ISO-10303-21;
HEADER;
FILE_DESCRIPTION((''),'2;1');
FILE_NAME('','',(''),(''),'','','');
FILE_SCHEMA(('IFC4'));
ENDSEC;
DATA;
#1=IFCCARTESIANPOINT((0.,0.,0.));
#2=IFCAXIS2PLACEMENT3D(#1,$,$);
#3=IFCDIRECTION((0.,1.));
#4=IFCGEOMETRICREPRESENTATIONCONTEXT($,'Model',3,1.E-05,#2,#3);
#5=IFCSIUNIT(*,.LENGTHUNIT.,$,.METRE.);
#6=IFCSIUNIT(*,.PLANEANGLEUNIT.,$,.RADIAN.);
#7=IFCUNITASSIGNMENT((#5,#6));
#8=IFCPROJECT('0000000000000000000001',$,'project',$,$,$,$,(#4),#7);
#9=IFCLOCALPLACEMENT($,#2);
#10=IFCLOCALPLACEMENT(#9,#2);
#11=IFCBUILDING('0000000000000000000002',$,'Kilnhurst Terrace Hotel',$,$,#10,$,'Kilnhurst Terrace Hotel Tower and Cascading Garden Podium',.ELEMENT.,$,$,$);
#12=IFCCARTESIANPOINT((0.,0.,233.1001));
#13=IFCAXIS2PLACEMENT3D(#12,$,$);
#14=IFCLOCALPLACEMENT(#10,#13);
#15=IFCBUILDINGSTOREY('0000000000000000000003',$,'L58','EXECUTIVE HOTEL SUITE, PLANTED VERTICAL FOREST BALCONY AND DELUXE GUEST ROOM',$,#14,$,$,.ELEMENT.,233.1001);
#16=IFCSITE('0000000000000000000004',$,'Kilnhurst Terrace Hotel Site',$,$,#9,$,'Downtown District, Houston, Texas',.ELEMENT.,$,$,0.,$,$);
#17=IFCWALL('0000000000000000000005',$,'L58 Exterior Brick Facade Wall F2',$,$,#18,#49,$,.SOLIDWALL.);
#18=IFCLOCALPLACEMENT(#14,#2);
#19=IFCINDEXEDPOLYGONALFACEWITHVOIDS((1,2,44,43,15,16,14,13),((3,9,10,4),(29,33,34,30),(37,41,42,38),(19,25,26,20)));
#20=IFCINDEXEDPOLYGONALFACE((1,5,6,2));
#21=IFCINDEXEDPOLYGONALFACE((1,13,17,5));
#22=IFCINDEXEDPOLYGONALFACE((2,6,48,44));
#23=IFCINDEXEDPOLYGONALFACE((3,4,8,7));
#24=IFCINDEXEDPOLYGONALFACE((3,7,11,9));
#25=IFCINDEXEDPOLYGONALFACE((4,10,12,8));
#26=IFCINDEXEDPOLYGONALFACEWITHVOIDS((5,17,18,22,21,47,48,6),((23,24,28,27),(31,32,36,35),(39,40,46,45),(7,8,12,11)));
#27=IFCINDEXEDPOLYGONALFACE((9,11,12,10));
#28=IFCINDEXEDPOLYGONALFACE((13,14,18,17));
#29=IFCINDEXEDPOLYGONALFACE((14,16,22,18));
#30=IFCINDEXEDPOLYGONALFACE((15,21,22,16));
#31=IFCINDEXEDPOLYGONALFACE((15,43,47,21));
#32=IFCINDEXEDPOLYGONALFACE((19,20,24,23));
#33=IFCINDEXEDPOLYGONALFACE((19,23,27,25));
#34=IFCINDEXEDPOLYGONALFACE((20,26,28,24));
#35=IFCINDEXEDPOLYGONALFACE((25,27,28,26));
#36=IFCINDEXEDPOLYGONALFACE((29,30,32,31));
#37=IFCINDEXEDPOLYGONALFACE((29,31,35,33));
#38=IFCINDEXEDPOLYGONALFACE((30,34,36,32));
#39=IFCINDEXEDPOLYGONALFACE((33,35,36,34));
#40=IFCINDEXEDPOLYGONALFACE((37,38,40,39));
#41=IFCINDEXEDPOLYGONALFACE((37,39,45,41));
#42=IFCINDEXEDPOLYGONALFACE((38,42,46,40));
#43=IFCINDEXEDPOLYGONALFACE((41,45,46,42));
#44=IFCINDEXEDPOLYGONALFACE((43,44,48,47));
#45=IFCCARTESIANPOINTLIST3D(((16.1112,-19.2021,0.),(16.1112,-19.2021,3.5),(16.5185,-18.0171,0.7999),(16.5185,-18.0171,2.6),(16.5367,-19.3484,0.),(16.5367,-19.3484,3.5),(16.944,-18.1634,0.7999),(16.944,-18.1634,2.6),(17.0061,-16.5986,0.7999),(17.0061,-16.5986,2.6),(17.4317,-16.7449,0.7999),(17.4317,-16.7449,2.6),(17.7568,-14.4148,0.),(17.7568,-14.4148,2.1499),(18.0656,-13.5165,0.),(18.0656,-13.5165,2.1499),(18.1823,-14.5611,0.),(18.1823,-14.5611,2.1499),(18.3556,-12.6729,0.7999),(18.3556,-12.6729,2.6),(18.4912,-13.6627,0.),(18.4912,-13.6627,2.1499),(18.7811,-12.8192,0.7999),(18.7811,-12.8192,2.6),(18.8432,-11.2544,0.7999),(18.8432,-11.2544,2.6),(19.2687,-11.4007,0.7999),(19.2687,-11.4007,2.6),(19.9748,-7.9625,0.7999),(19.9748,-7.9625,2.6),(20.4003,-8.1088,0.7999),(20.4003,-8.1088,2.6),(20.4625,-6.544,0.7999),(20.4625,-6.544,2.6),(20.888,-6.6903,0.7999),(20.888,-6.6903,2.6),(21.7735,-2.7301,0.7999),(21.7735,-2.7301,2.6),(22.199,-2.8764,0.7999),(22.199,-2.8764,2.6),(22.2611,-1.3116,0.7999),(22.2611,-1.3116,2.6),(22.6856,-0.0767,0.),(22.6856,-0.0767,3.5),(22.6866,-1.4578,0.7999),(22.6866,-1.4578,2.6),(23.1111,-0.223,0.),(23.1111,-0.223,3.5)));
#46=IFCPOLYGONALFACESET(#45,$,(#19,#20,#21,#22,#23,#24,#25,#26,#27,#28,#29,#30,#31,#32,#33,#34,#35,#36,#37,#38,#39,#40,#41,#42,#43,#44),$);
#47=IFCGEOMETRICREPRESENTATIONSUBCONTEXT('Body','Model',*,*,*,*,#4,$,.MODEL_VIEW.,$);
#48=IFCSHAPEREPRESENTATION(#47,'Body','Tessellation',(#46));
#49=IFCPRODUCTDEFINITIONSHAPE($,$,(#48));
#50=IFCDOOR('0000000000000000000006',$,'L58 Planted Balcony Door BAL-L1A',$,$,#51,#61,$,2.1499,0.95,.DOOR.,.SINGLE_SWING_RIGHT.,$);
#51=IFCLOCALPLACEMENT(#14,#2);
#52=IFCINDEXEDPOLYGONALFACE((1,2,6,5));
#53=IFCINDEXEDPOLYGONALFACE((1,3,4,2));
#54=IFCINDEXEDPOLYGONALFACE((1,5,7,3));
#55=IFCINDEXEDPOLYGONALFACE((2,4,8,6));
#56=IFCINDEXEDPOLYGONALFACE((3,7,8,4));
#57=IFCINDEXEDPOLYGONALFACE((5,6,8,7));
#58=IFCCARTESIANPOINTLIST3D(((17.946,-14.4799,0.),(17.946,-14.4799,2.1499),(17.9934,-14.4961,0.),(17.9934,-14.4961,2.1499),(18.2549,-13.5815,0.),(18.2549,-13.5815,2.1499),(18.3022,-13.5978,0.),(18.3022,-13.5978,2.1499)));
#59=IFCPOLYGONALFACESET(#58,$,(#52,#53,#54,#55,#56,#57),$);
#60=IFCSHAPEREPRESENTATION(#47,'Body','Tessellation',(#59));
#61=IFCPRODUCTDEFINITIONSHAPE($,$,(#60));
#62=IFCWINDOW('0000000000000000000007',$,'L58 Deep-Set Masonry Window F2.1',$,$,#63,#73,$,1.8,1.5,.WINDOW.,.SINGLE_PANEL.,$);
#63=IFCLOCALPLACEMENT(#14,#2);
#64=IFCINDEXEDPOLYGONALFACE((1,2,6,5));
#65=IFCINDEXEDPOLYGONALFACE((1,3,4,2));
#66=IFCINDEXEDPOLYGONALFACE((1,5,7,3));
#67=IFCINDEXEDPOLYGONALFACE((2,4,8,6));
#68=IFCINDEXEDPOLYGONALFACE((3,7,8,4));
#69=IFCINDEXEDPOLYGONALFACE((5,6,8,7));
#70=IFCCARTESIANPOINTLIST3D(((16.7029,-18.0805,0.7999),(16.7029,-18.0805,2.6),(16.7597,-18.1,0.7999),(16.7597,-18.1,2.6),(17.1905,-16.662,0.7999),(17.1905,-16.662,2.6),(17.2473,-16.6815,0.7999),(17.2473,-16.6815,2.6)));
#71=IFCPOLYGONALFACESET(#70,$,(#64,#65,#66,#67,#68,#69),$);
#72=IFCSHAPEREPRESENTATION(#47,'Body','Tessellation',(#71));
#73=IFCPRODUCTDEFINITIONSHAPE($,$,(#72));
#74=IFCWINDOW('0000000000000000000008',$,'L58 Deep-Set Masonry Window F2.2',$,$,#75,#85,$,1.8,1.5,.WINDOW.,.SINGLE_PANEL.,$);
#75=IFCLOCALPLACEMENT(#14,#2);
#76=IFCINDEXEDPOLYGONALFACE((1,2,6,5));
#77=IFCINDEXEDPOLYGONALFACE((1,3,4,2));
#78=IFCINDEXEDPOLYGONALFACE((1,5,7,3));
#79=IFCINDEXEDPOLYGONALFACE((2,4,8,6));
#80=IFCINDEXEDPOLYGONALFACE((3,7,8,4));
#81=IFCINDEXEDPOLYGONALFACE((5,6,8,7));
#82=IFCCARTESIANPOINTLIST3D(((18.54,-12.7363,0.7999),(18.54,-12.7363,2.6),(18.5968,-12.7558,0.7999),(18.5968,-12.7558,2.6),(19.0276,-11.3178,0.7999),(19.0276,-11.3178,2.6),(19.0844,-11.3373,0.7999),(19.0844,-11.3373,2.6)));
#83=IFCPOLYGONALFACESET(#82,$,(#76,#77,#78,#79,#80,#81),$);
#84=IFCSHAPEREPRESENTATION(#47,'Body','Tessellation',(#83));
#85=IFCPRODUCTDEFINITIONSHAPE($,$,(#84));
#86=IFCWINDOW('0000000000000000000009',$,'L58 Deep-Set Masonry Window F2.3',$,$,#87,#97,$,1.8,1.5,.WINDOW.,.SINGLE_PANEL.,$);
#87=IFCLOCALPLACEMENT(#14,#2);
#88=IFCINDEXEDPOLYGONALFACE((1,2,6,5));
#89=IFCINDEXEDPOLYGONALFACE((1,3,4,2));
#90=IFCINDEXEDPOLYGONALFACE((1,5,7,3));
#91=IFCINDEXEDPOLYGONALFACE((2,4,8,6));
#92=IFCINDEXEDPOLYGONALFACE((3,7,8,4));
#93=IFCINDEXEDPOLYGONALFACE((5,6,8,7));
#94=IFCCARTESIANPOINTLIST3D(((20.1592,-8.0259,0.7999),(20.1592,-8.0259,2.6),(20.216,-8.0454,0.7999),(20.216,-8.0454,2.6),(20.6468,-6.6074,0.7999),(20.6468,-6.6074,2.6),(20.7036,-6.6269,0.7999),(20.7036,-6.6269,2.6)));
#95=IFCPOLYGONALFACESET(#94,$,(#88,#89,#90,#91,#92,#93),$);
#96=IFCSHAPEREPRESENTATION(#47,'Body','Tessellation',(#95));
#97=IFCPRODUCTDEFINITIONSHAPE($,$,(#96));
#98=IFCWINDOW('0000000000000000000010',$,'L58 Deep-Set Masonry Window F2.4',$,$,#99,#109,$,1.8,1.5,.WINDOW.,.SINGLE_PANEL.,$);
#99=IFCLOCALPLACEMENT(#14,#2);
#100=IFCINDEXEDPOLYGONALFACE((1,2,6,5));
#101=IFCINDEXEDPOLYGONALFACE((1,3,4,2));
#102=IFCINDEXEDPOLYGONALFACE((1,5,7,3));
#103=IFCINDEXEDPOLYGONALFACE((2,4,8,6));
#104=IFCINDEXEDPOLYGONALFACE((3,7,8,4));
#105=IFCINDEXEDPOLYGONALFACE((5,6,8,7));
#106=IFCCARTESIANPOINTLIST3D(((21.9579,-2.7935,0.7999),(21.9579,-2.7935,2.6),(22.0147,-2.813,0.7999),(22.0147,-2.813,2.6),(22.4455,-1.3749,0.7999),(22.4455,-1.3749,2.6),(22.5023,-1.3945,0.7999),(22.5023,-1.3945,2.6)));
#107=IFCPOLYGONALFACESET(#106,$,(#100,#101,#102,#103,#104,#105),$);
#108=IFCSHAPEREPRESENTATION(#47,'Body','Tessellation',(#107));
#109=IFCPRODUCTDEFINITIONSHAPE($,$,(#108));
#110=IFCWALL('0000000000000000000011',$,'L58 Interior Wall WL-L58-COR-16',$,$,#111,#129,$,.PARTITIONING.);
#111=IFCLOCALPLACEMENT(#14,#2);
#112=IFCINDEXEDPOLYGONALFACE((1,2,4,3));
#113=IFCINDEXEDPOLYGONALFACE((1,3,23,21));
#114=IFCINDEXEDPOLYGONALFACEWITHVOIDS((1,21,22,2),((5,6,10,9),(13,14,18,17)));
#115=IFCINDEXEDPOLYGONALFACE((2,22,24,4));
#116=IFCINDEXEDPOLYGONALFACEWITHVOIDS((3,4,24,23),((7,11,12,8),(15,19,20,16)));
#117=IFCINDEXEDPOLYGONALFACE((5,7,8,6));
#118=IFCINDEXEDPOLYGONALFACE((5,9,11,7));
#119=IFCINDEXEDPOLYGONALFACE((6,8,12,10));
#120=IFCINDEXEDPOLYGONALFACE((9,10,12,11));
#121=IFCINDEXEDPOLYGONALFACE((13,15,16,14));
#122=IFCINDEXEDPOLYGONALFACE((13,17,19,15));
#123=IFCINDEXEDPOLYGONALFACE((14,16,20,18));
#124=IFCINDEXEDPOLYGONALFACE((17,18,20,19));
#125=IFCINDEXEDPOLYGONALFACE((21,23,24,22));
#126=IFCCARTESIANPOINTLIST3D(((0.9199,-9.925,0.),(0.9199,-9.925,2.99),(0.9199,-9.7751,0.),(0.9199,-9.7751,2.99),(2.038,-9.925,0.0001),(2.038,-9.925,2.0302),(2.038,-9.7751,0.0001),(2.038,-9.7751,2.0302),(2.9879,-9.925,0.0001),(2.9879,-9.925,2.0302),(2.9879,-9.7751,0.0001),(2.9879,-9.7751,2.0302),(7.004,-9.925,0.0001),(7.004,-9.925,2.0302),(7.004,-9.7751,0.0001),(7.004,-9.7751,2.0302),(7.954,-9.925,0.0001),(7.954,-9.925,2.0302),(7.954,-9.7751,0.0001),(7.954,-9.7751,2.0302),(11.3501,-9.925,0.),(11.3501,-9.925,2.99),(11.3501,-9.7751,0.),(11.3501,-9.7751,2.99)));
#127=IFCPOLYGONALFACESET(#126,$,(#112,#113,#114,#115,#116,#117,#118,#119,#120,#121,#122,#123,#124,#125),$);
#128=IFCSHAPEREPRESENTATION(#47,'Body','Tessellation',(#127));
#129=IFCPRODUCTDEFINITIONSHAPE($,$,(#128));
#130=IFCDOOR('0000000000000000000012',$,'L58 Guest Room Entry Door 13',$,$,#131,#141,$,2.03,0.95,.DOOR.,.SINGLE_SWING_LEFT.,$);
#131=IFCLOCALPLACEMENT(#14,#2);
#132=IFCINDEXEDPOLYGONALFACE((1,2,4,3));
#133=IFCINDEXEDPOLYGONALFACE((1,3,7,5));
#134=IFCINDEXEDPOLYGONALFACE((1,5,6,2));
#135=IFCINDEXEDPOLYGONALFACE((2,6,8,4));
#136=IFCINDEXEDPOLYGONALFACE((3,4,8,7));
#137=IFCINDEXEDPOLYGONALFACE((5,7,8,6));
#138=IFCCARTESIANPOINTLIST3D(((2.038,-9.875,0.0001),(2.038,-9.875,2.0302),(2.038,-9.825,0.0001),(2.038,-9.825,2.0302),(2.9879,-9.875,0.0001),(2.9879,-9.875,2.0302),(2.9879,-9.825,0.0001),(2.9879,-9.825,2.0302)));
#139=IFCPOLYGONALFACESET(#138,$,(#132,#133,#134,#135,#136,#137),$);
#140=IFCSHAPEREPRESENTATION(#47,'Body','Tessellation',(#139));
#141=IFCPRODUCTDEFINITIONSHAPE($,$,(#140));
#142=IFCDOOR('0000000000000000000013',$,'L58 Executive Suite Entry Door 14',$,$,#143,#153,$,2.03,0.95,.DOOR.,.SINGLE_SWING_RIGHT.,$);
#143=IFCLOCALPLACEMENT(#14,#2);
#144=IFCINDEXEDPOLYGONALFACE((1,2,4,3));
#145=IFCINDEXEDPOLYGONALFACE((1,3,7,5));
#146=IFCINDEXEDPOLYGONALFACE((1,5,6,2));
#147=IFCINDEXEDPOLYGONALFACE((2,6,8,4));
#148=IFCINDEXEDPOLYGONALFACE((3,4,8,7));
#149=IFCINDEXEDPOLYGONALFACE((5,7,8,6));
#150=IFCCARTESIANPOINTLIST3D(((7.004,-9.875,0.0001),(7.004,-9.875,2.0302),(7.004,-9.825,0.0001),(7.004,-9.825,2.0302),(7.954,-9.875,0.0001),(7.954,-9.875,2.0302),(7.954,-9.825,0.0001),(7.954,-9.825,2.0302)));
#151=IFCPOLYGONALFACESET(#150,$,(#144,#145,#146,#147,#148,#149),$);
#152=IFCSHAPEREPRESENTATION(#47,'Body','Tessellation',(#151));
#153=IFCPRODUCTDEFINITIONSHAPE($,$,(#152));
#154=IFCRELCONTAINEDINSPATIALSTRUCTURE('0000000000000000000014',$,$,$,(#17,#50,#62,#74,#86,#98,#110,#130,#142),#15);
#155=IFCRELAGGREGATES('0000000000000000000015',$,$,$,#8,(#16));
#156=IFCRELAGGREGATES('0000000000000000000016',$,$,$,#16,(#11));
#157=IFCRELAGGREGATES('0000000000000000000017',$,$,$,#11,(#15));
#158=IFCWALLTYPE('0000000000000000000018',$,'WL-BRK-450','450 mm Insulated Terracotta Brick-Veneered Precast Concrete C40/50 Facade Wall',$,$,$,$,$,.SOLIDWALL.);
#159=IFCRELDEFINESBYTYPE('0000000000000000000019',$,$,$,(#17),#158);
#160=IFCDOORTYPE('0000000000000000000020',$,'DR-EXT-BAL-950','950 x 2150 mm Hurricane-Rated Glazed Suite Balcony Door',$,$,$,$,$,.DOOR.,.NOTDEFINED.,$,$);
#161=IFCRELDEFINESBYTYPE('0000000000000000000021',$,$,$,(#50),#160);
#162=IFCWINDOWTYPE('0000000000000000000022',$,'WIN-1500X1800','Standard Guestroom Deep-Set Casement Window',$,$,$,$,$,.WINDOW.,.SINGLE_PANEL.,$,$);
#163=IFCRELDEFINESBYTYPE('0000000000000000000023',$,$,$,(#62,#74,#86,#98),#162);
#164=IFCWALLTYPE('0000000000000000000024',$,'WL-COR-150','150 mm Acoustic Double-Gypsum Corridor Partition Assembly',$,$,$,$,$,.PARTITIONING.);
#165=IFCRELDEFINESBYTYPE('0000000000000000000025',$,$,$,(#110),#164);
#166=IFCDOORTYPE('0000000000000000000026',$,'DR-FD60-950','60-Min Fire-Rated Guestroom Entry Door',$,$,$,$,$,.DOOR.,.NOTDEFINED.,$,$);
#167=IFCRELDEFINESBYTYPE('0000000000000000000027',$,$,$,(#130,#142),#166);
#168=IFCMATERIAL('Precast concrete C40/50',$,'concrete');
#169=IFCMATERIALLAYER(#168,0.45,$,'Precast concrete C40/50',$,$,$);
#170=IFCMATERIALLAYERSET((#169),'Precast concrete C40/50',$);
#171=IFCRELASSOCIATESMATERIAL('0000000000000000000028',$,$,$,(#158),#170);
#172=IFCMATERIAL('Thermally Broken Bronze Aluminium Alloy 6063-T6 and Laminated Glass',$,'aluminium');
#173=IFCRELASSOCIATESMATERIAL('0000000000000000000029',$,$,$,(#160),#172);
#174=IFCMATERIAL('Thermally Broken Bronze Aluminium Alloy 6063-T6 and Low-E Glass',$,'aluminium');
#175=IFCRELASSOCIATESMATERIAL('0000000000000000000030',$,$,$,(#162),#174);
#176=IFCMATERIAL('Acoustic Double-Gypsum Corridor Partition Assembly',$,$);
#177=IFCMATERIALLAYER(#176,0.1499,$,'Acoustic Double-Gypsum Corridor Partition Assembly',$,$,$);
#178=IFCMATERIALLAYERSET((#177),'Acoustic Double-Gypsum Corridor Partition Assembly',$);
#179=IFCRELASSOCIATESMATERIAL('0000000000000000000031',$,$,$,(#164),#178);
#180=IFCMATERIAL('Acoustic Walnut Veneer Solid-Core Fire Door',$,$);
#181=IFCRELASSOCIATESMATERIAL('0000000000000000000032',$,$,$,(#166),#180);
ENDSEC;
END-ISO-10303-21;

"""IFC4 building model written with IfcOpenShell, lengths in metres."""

from ifc_helpers import new_model, si_unit, direction, frame, frame_2d, origin, place, context, subcontext, project, spatial, rectangle, extrude, material, layer, layer_set, type_object, element, fill, save


model = new_model("IFC4")

# Units and contexts
model_context = context("Model", 3, precision=1e-05, world=origin(), true_north=direction((0.0, 1.0)))
body_context = subcontext(model_context, "Body", "Model", "MODEL_VIEW")
ifc_project = project(units=[si_unit("LENGTHUNIT", "METRE"), si_unit("PLANEANGLEUNIT", "RADIAN")], contexts=[model_context])

# Site, building, storey
site_placement = place(None, origin())
site = spatial("IfcSite", under=ifc_project, at=site_placement, Name="Kilnhurst Terrace Hotel Site", LongName="Downtown District, Houston, Texas", CompositionType="ELEMENT", RefElevation=0.0)
building_placement = place(site_placement, origin())
building = spatial("IfcBuilding", under=site, at=building_placement, Name="Kilnhurst Terrace Hotel", LongName="Kilnhurst Terrace Hotel Tower and Cascading Garden Podium", CompositionType="ELEMENT")
storey_placement = place(building_placement, frame((0.0, 0.0, 233.1001)))
storey = spatial("IfcBuildingStorey", under=building, at=storey_placement, Name="L58", Description="EXECUTIVE HOTEL SUITE, PLANTED VERTICAL FOREST BALCONY AND DELUXE GUEST ROOM", CompositionType="ELEMENT", Elevation=233.1001)

# Shared definitions
ifc_material_1 = material(Name="Precast concrete C40/50", Category="concrete")
ifc_layer_1 = layer(ifc_material_1, 0.45, Name="Precast concrete C40/50")
ifc_layer_set_1 = layer_set([ifc_layer_1], Name="Precast concrete C40/50")
wall_type_1 = type_object("IfcWallType", Name="WL-BRK-450", Description="450 mm Insulated Terracotta Brick-Veneered Precast Concrete C40/50 Facade Wall", PredefinedType="SOLIDWALL", material=ifc_layer_set_1)

# Wall, openings, door, windows
wall_1_placement = place(storey_placement, frame((16.324, -19.2751, 0.0), z_axis=(0.0, 0.0, 1.0), x_axis=(0.325083, 0.945685, 0.0)))
wall_1 = element("IfcWall", 1, at=wall_1_placement, inside=storey, type_object=wall_type_1, Name="L58 Exterior Brick Facade Wall F2", PredefinedType="SOLIDWALL", context=body_context, shape_type="SweptSolid", body=[
    extrude(rectangle(XDim=20.2239, YDim=0.45, at=frame_2d((10.1118, 0.0))), origin(), (0.0, 0.0, 1.0), 3.5),
])
opening_1_placement = place(wall_1_placement, frame((5.062, 0.0, 0.0)))
opening_1 = element("IfcOpeningElement", 2, at=opening_1_placement, cuts=wall_1, PredefinedType="OPENING", context=body_context, shape_type="SweptSolid", body=[
    extrude(rectangle(XDim=0.95, YDim=2.1499, at=frame_2d((0.4751, 1.075))), frame((0.0, 0.2349, 0.0), z_axis=(0.0, -1.0, 0.0), x_axis=(1.0, 0.0, 0.0)), (0.0, 0.0, 1.0), 0.47),
])
opening_2_placement = place(wall_1_placement, frame((1.2529, 0.0, 0.8)))
opening_2 = element("IfcOpeningElement", 3, at=opening_2_placement, cuts=wall_1, PredefinedType="OPENING", context=body_context, shape_type="SweptSolid", body=[
    extrude(rectangle(XDim=1.5, YDim=1.8, at=frame_2d((0.75, 0.8999))), frame((0.0, 0.2349, 0.0), z_axis=(0.0, -1.0, 0.0), x_axis=(1.0, 0.0, 0.0)), (0.0, 0.0, 1.0), 0.47),
])
opening_3_placement = place(wall_1_placement, frame((6.9041, 0.0, 0.8)))
opening_3 = element("IfcOpeningElement", 4, at=opening_3_placement, cuts=wall_1, PredefinedType="OPENING", context=body_context, shape_type="SweptSolid", body=[
    extrude(rectangle(XDim=1.5, YDim=1.8, at=frame_2d((0.75, 0.8999))), frame((0.0, 0.2349, 0.0), z_axis=(0.0, -1.0, 0.0), x_axis=(1.0, 0.0, 0.0)), (0.0, 0.0, 1.0), 0.47),
])
opening_4_placement = place(wall_1_placement, frame((11.885, 0.0, 0.8)))
opening_4 = element("IfcOpeningElement", 5, at=opening_4_placement, cuts=wall_1, PredefinedType="OPENING", context=body_context, shape_type="SweptSolid", body=[
    extrude(rectangle(XDim=1.5, YDim=1.8, at=frame_2d((0.75, 0.8999))), frame((0.0, 0.2349, 0.0), z_axis=(0.0, -1.0, 0.0), x_axis=(1.0, 0.0, 0.0)), (0.0, 0.0, 1.0), 0.47),
])
opening_5_placement = place(wall_1_placement, frame((17.418, 0.0, 0.8)))
opening_5 = element("IfcOpeningElement", 6, at=opening_5_placement, cuts=wall_1, PredefinedType="OPENING", context=body_context, shape_type="SweptSolid", body=[
    extrude(rectangle(XDim=1.5, YDim=1.8, at=frame_2d((0.75, 0.8999))), frame((0.0, 0.2349, 0.0), z_axis=(0.0, -1.0, 0.0), x_axis=(1.0, 0.0, 0.0)), (0.0, 0.0, 1.0), 0.47),
])
ifc_material_2 = material(Name="Thermally Broken Bronze Aluminium Alloy 6063-T6 and Laminated Glass", Category="aluminium")
door_type_1 = type_object("IfcDoorType", Name="DR-EXT-BAL-950", Description="950 x 2150 mm Hurricane-Rated Glazed Suite Balcony Door", OperationType="NOTDEFINED", PredefinedType="DOOR", material=ifc_material_2)
door_1_placement = place(opening_1_placement, origin())
door_1 = element("IfcDoor", 7, at=door_1_placement, inside=storey, type_object=door_type_1, Name="L58 Planted Balcony Door BAL-L1A", OperationType="SINGLE_SWING_RIGHT", OverallHeight=2.1499, OverallWidth=0.95, PredefinedType="DOOR", context=body_context, shape_type="SweptSolid", body=[
    extrude(rectangle(XDim=0.95, YDim=2.1499, at=frame_2d((0.4751, 1.075))), frame((0.0, 0.0249, 0.0), z_axis=(0.0, -1.0, 0.0), x_axis=(1.0, 0.0, 0.0)), (0.0, 0.0, 1.0), 0.05),
])
fill(opening_1, door_1)
ifc_material_3 = material(Name="Thermally Broken Bronze Aluminium Alloy 6063-T6 and Low-E Glass", Category="aluminium")
window_type = type_object("IfcWindowType", Name="WIN-1500X1800", Description="Standard Guestroom Deep-Set Casement Window", PartitioningType="SINGLE_PANEL", PredefinedType="WINDOW", material=ifc_material_3)
window_1_placement = place(opening_2_placement, origin())
window_1 = element("IfcWindow", 8, at=window_1_placement, inside=storey, type_object=window_type, Name="L58 Deep-Set Masonry Window F2.1", OverallHeight=1.8, OverallWidth=1.5, PartitioningType="SINGLE_PANEL", PredefinedType="WINDOW", context=body_context, shape_type="SweptSolid", body=[
    extrude(rectangle(XDim=1.5, YDim=1.8, at=frame_2d((0.75, 0.8999))), frame((0.0, 0.03, 0.0), z_axis=(0.0, -1.0, 0.0), x_axis=(1.0, 0.0, 0.0)), (0.0, 0.0, 1.0), 0.0601),
])
fill(opening_2, window_1)
window_2_placement = place(opening_3_placement, origin())
window_2 = element("IfcWindow", 9, at=window_2_placement, inside=storey, type_object=window_type, Name="L58 Deep-Set Masonry Window F2.2", OverallHeight=1.8, OverallWidth=1.5, PartitioningType="SINGLE_PANEL", PredefinedType="WINDOW", context=body_context, shape_type="SweptSolid", body=[
    extrude(rectangle(XDim=1.5, YDim=1.8, at=frame_2d((0.75, 0.8999))), frame((0.0, 0.03, 0.0), z_axis=(0.0, -1.0, 0.0), x_axis=(1.0, 0.0, 0.0)), (0.0, 0.0, 1.0), 0.0601),
])
fill(opening_3, window_2)
window_3_placement = place(opening_4_placement, origin())
window_3 = element("IfcWindow", 10, at=window_3_placement, inside=storey, type_object=window_type, Name="L58 Deep-Set Masonry Window F2.3", OverallHeight=1.8, OverallWidth=1.5, PartitioningType="SINGLE_PANEL", PredefinedType="WINDOW", context=body_context, shape_type="SweptSolid", body=[
    extrude(rectangle(XDim=1.5, YDim=1.8, at=frame_2d((0.75, 0.8999))), frame((0.0, 0.03, 0.0), z_axis=(0.0, -1.0, 0.0), x_axis=(1.0, 0.0, 0.0)), (0.0, 0.0, 1.0), 0.0601),
])
fill(opening_4, window_3)
window_4_placement = place(opening_5_placement, origin())
window_4 = element("IfcWindow", 11, at=window_4_placement, inside=storey, type_object=window_type, Name="L58 Deep-Set Masonry Window F2.4", OverallHeight=1.8, OverallWidth=1.5, PartitioningType="SINGLE_PANEL", PredefinedType="WINDOW", context=body_context, shape_type="SweptSolid", body=[
    extrude(rectangle(XDim=1.5, YDim=1.8, at=frame_2d((0.75, 0.8999))), frame((0.0, 0.03, 0.0), z_axis=(0.0, -1.0, 0.0), x_axis=(1.0, 0.0, 0.0)), (0.0, 0.0, 1.0), 0.0601),
])
fill(opening_5, window_4)

# Wall, openings, doors
ifc_material_4 = material(Name="Acoustic Double-Gypsum Corridor Partition Assembly")
ifc_layer_2 = layer(ifc_material_4, 0.1499, Name="Acoustic Double-Gypsum Corridor Partition Assembly")
ifc_layer_set_2 = layer_set([ifc_layer_2], Name="Acoustic Double-Gypsum Corridor Partition Assembly")
wall_type_2 = type_object("IfcWallType", Name="WL-COR-150", Description="150 mm Acoustic Double-Gypsum Corridor Partition Assembly", PredefinedType="PARTITIONING", material=ifc_layer_set_2)
wall_2_placement = place(storey_placement, frame((11.3501, -9.8501, 0.0), z_axis=(0.0, 0.0, 1.0), x_axis=(-1.0, 0.0, 0.0)))
wall_2 = element("IfcWall", 12, at=wall_2_placement, inside=storey, type_object=wall_type_2, Name="L58 Interior Wall WL-L58-COR-16", PredefinedType="PARTITIONING", context=body_context, shape_type="SweptSolid", body=[
    extrude(rectangle(XDim=10.4302, YDim=0.1499, at=frame_2d((5.2151, 0.0))), origin(), (0.0, 0.0, 1.0), 2.99),
])
opening_6_placement = place(wall_2_placement, frame((8.3621, 0.0, 0.0)))
opening_6 = element("IfcOpeningElement", 13, at=opening_6_placement, cuts=wall_2, PredefinedType="OPENING", context=body_context, shape_type="SweptSolid", body=[
    extrude(rectangle(XDim=0.95, YDim=2.03, at=frame_2d((0.4751, 1.0151))), frame((0.0, 0.085, 0.0), z_axis=(0.0, -1.0, 0.0), x_axis=(1.0, 0.0, 0.0)), (0.0, 0.0, 1.0), 0.1699),
])
opening_7_placement = place(wall_2_placement, frame((3.396, 0.0, 0.0)))
opening_7 = element("IfcOpeningElement", 14, at=opening_7_placement, cuts=wall_2, PredefinedType="OPENING", context=body_context, shape_type="SweptSolid", body=[
    extrude(rectangle(XDim=0.95, YDim=2.03, at=frame_2d((0.4751, 1.0151))), frame((0.0, 0.085, 0.0), z_axis=(0.0, -1.0, 0.0), x_axis=(1.0, 0.0, 0.0)), (0.0, 0.0, 1.0), 0.1699),
])
ifc_material_5 = material(Name="Acoustic Walnut Veneer Solid-Core Fire Door")
door_type_2 = type_object("IfcDoorType", Name="DR-FD60-950", Description="60-Min Fire-Rated Guestroom Entry Door", OperationType="NOTDEFINED", PredefinedType="DOOR", material=ifc_material_5)
door_2_placement = place(opening_6_placement, origin())
door_2 = element("IfcDoor", 15, at=door_2_placement, inside=storey, type_object=door_type_2, Name="L58 Guest Room Entry Door 13", OperationType="SINGLE_SWING_LEFT", OverallHeight=2.03, OverallWidth=0.95, PredefinedType="DOOR", context=body_context, shape_type="SweptSolid", body=[
    extrude(rectangle(XDim=0.95, YDim=2.03, at=frame_2d((0.4751, 1.0151))), frame((0.0, 0.0249, 0.0), z_axis=(0.0, -1.0, 0.0), x_axis=(1.0, 0.0, 0.0)), (0.0, 0.0, 1.0), 0.05),
])
fill(opening_6, door_2)
door_3_placement = place(opening_7_placement, origin())
door_3 = element("IfcDoor", 16, at=door_3_placement, inside=storey, type_object=door_type_2, Name="L58 Executive Suite Entry Door 14", OperationType="SINGLE_SWING_RIGHT", OverallHeight=2.03, OverallWidth=0.95, PredefinedType="DOOR", context=body_context, shape_type="SweptSolid", body=[
    extrude(rectangle(XDim=0.95, YDim=2.03, at=frame_2d((0.4751, 1.0151))), frame((0.0, 0.0249, 0.0), z_axis=(0.0, -1.0, 0.0), x_axis=(1.0, 0.0, 0.0)), (0.0, 0.0, 1.0), 0.05),
])
fill(opening_7, door_3)

save(model, "model.ifc")
